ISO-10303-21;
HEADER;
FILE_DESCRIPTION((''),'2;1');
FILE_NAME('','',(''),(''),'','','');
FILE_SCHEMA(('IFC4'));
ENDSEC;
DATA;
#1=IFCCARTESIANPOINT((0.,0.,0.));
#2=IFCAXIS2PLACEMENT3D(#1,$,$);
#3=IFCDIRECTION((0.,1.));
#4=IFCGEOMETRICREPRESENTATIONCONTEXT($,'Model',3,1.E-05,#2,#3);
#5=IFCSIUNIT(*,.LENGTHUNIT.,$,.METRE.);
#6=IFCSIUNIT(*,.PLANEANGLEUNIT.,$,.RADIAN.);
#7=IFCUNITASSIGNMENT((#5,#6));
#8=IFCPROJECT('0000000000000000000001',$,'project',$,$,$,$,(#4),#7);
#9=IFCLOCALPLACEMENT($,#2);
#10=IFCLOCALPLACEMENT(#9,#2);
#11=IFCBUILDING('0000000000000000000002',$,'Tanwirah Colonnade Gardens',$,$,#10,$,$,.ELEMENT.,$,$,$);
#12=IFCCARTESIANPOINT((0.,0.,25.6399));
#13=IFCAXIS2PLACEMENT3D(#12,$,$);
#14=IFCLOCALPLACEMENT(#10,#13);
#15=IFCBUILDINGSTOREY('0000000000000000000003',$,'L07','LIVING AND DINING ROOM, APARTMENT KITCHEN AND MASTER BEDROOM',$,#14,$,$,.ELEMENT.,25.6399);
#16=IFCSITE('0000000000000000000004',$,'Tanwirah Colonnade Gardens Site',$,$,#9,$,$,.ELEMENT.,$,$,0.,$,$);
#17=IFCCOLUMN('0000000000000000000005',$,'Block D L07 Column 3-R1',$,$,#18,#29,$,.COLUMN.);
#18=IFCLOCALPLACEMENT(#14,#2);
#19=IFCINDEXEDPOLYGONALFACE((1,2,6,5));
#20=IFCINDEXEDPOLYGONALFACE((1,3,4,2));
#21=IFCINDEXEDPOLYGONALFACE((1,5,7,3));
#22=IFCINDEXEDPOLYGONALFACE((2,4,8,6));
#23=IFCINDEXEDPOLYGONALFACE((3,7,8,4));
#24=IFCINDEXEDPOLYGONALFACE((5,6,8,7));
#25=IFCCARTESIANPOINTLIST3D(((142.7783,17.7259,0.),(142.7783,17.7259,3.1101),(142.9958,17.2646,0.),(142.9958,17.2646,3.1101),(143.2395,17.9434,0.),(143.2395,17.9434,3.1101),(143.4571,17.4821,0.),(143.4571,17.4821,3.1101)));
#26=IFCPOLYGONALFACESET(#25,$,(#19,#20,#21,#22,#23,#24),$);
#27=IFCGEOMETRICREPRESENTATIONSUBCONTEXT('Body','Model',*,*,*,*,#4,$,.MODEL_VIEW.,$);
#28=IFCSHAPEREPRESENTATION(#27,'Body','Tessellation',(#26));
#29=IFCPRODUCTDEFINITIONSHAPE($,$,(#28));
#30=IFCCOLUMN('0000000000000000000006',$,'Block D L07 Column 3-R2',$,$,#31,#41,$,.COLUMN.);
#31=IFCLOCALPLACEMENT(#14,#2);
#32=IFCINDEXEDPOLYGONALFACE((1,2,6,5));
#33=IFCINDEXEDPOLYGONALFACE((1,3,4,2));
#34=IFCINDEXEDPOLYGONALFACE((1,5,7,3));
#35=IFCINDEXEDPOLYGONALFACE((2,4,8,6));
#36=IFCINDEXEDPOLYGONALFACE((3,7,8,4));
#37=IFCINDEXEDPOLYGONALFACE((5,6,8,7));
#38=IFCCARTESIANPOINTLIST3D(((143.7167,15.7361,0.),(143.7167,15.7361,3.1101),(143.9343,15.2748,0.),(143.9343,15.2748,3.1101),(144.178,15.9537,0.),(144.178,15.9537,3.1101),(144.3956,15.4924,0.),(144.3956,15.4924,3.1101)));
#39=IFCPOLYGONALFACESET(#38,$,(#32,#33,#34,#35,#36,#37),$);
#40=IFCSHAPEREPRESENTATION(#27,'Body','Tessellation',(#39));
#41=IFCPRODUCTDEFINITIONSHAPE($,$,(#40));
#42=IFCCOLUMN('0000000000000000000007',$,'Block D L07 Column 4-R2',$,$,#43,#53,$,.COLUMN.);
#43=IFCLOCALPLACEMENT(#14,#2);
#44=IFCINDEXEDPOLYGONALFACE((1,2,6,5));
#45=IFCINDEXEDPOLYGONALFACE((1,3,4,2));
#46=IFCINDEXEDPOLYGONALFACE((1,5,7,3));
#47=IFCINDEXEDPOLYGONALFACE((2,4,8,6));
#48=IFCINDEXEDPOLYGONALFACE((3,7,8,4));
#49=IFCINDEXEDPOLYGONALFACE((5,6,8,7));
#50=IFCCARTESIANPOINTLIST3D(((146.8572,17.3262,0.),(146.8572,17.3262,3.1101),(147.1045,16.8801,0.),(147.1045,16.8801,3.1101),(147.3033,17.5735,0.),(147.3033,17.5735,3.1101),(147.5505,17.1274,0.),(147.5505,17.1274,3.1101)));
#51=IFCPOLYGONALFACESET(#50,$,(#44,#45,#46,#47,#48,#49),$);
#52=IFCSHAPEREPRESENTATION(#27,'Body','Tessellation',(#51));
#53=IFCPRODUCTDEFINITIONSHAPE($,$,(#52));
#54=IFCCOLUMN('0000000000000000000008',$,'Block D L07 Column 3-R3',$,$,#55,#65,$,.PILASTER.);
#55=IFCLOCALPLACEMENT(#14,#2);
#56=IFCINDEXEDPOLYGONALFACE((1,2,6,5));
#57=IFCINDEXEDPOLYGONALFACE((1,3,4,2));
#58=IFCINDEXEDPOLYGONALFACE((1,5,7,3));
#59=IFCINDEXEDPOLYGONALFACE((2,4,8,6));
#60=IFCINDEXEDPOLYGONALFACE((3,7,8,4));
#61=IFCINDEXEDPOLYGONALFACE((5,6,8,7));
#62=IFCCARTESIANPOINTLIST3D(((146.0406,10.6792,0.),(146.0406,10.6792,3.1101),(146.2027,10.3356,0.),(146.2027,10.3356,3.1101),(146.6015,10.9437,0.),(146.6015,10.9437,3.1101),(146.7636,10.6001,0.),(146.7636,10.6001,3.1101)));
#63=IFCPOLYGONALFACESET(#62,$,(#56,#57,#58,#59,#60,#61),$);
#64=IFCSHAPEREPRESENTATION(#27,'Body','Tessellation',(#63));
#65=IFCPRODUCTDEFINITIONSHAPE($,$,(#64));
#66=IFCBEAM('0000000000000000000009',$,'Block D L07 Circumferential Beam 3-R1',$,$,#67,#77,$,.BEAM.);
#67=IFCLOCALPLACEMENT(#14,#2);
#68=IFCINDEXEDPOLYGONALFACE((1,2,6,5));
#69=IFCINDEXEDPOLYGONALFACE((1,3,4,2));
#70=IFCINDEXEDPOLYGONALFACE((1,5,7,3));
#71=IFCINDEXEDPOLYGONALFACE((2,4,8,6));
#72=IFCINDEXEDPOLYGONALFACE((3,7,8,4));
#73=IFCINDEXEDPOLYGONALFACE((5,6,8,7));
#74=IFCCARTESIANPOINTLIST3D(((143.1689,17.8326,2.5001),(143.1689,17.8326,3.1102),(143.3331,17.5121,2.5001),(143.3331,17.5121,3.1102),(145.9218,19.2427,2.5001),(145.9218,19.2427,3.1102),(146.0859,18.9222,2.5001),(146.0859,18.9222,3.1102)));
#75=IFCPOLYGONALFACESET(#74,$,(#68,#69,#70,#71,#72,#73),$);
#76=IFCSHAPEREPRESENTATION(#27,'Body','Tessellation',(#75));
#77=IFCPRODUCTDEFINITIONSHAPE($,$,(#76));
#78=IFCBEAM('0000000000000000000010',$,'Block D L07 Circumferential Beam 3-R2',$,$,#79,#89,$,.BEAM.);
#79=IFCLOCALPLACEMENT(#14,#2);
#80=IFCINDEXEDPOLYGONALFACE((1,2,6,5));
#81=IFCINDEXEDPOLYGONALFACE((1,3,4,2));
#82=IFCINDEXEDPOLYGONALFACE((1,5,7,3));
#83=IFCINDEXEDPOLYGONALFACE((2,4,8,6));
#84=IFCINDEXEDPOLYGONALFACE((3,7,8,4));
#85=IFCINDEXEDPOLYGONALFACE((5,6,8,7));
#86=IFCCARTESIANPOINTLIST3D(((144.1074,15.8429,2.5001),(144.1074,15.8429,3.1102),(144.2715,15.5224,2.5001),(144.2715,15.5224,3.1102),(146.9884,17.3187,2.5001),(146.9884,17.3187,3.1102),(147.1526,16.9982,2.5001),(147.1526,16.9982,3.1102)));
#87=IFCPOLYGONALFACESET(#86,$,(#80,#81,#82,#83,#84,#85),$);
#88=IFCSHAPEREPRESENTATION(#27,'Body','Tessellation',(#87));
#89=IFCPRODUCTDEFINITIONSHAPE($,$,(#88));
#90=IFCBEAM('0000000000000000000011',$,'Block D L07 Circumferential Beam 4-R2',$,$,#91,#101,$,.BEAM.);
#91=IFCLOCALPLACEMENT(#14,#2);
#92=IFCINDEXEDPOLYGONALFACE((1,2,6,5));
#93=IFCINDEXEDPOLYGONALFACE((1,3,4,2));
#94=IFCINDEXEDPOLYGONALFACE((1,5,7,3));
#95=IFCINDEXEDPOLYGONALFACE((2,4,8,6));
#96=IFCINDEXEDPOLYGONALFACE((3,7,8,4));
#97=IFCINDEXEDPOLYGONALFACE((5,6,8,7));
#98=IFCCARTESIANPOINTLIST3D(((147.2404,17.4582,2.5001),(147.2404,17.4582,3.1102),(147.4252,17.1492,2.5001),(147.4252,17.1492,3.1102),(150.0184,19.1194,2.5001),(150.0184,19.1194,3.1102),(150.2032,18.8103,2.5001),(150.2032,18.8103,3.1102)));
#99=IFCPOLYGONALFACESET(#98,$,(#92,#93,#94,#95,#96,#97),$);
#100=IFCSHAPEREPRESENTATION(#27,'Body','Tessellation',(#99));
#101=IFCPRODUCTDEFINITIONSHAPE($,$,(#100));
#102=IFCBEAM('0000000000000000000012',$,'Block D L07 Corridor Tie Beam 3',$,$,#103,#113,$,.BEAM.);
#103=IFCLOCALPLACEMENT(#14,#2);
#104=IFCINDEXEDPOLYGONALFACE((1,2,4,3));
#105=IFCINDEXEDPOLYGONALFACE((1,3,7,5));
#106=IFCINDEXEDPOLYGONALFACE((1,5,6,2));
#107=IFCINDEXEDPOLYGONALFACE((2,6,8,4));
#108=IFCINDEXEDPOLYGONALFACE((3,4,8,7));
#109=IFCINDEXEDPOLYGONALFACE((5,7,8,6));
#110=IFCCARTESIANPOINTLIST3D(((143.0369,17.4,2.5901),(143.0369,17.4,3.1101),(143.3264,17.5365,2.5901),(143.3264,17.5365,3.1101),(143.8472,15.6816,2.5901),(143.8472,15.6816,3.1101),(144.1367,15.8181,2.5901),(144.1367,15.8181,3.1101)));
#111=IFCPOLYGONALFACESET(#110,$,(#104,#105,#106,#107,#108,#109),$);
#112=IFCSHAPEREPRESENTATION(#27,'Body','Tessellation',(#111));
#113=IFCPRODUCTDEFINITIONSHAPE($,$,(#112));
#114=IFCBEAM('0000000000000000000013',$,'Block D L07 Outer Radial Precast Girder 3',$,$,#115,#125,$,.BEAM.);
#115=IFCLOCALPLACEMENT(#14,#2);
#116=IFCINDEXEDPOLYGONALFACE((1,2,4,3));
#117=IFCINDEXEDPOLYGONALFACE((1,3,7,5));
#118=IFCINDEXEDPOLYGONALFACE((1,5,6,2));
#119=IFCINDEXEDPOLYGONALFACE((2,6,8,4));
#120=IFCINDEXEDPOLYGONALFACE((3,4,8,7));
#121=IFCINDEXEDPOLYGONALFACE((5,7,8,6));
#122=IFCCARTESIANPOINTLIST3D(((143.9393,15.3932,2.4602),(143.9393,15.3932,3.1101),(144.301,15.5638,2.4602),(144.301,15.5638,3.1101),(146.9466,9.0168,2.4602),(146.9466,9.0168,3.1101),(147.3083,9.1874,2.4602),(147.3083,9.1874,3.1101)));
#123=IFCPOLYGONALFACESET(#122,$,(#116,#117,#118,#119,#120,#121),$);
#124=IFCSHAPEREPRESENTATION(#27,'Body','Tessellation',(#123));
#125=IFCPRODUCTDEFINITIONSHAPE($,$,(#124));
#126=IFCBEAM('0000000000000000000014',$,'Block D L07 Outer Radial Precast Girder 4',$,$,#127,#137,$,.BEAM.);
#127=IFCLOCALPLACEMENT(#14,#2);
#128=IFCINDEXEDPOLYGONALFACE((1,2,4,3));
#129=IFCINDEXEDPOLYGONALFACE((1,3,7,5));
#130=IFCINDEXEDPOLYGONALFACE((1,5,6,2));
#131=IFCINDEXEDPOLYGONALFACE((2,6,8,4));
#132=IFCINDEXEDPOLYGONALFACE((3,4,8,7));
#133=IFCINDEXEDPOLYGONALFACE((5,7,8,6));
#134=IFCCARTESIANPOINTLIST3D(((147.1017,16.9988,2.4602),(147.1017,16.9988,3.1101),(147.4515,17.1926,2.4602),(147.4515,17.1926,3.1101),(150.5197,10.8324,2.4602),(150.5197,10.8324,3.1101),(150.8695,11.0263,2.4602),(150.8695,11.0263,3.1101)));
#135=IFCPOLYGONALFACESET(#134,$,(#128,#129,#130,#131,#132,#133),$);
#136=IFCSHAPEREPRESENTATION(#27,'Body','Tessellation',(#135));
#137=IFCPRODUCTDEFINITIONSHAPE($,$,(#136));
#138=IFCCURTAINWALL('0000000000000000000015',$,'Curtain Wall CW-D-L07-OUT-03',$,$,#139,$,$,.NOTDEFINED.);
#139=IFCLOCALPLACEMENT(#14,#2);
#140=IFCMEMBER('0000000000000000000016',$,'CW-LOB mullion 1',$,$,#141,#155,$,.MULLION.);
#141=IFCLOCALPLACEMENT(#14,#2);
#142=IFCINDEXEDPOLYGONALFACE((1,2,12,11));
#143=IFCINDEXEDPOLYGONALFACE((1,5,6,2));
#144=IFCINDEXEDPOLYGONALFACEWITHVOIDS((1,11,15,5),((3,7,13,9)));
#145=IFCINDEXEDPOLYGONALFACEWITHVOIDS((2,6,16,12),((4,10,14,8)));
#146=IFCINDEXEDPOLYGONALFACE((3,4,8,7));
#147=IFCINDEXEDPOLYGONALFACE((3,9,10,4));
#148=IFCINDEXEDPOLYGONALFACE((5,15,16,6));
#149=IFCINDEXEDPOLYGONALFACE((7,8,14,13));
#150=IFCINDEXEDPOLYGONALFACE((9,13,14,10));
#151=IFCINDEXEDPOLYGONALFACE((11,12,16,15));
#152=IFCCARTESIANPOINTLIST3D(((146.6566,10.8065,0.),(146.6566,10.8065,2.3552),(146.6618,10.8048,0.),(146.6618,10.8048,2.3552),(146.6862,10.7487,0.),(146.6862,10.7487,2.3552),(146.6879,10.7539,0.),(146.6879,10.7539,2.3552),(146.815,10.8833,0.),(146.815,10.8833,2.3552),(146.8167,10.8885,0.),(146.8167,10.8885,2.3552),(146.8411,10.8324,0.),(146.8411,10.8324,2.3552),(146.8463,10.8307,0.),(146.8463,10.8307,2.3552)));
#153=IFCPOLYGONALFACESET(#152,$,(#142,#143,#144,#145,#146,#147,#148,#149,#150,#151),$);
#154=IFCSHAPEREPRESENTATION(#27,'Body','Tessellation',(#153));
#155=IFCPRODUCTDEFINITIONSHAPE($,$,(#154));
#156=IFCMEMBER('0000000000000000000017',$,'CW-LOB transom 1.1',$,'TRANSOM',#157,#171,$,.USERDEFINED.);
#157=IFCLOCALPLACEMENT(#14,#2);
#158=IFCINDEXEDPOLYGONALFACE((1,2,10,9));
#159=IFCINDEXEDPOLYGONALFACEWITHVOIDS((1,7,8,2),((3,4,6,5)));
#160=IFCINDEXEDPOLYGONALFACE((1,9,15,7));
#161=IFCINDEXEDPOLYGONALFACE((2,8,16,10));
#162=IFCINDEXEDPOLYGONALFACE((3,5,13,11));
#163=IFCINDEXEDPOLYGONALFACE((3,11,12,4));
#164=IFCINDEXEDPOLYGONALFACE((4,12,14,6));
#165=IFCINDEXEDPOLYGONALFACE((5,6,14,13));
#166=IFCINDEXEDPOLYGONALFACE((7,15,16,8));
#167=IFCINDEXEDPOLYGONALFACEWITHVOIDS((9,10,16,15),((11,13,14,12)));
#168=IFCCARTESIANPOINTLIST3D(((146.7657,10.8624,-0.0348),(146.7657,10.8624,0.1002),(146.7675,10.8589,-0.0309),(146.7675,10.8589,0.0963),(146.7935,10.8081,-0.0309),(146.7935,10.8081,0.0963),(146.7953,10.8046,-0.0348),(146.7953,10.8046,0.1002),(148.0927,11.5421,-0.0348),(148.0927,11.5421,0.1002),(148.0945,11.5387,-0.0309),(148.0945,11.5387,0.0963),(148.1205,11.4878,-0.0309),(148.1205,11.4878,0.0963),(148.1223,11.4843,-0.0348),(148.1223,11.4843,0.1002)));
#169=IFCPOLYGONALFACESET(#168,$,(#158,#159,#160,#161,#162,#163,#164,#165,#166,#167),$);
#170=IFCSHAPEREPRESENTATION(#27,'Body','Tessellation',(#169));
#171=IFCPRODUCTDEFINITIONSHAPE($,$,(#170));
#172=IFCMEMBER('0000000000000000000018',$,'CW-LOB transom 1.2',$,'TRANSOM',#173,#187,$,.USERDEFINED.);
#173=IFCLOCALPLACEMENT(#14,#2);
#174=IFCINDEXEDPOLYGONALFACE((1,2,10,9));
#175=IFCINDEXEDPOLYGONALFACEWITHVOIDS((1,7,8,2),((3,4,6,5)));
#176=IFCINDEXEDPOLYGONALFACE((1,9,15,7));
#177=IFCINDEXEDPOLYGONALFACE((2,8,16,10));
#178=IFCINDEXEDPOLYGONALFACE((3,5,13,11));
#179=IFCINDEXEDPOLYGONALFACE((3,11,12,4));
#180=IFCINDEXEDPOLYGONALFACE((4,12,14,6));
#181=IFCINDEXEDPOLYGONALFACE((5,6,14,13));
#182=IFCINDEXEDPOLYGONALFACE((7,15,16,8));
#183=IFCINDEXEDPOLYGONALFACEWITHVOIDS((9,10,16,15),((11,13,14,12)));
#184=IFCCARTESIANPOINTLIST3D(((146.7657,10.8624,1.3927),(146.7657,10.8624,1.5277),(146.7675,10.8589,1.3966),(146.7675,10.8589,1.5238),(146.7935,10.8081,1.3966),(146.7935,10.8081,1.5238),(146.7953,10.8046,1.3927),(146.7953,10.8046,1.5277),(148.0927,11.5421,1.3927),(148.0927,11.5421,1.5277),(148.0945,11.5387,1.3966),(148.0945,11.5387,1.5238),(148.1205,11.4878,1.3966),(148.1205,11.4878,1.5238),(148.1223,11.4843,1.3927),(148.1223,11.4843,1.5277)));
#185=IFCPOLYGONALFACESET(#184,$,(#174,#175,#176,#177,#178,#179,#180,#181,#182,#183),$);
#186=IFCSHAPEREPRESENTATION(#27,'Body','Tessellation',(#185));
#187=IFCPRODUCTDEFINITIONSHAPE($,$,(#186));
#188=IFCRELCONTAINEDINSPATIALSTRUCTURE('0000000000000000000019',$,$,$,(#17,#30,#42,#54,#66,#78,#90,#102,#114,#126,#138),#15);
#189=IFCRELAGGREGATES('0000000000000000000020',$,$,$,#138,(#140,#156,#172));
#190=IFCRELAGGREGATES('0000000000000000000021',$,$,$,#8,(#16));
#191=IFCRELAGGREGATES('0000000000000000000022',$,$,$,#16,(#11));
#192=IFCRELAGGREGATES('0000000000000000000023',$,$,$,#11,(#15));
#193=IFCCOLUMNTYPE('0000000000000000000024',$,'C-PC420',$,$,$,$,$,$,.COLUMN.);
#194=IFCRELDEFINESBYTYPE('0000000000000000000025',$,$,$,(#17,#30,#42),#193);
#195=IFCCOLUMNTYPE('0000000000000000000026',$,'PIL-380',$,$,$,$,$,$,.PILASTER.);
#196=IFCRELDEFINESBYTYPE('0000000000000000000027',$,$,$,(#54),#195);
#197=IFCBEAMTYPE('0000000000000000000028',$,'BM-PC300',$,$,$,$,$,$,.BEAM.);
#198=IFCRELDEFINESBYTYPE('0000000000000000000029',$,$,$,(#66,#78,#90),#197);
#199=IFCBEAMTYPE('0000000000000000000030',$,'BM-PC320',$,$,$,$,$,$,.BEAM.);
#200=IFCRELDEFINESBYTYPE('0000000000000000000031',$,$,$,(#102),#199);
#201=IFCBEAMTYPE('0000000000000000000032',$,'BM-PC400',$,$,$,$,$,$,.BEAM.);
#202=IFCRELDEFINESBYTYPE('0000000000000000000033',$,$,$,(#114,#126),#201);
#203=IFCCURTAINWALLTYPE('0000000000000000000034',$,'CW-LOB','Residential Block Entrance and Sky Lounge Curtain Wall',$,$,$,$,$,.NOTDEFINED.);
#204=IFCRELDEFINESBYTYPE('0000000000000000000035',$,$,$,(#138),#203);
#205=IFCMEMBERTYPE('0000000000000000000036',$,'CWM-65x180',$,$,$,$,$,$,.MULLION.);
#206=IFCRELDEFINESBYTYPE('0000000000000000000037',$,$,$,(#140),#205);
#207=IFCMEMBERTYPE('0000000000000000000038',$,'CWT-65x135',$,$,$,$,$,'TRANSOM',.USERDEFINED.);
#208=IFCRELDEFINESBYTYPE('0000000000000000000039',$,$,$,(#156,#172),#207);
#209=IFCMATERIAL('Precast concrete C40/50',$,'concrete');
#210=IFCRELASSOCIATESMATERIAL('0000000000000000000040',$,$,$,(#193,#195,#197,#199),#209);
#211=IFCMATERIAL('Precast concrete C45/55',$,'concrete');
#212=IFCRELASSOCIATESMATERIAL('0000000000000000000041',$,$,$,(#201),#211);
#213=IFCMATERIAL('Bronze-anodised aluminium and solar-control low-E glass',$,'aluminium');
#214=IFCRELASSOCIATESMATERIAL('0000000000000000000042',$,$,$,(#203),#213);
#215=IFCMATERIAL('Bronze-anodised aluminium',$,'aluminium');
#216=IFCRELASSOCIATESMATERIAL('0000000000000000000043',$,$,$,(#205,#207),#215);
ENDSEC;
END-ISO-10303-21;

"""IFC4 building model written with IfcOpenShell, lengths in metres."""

from ifc_helpers import new_model, si_unit, direction, frame, origin, origin_2d, place, context, subcontext, project, spatial, rectangle, hollow_rectangle, extrude, material, material_profile, profile_set, type_object, element, aggregate, save


model = new_model("IFC4")

# Units and contexts
model_context = context("Model", 3, precision=1e-05, world=origin(), true_north=direction((0.0, 1.0)))
body_context = subcontext(model_context, "Body", "Model", "MODEL_VIEW")
ifc_project = project(units=[si_unit("LENGTHUNIT", "METRE"), si_unit("PLANEANGLEUNIT", "RADIAN")], contexts=[model_context])

# Site, building, storey
site_placement = place(None, origin())
site = spatial("IfcSite", under=ifc_project, at=site_placement, Name="Tanwirah Colonnade Gardens Site", CompositionType="ELEMENT", RefElevation=0.0)
building_placement = place(site_placement, origin())
building = spatial("IfcBuilding", under=site, at=building_placement, Name="Tanwirah Colonnade Gardens", CompositionType="ELEMENT")
storey_placement = place(building_placement, frame((0.0, 0.0, 25.6399)))
storey = spatial("IfcBuildingStorey", under=building, at=storey_placement, Name="L07", Description="LIVING AND DINING ROOM, APARTMENT KITCHEN AND MASTER BEDROOM", CompositionType="ELEMENT", Elevation=25.6399)

# Columns
ifc_material_1 = material(Name="Precast concrete C40/50", Category="concrete")
ifc_material_profile_1 = material_profile(ifc_material_1, rectangle(XDim=0.51, YDim=0.51, at=origin_2d()), Name="PC-COL 510x510")
ifc_profile_set_1 = profile_set([ifc_material_profile_1], Name="Precast concrete C40/50")
column_type_1 = type_object("IfcColumnType", Name="C-PC420", PredefinedType="COLUMN", material=ifc_profile_set_1)
for number, where, z_axis, x_axis, name in (
    (1, (143.1177, 17.604, 0.0), (0.0, 0.0, 1.0), (0.426569, -0.904455, 0.0), "Block D L07 Column 3-R1"),
    (2, (144.0562, 15.6143, 0.0), (0.0, 0.0, 1.0), (0.426569, -0.904455, 0.0), "Block D L07 Column 3-R2"),
    (3, (147.2039, 17.2268, 0.0), (0.0, 0.0, 1.0), (0.48481, -0.87462, 0.0), "Block D L07 Column 4-R2"),
):
    element("IfcColumn", number, at=place(storey_placement, frame(where, z_axis=z_axis, x_axis=x_axis)), inside=storey, type_object=column_type_1, Name=name, PredefinedType="COLUMN", context=body_context, shape_type="SweptSolid", body=[
        extrude(rectangle(XDim=0.51, YDim=0.51, at=origin_2d()), origin(), (0.0, 0.0, 1.0), 3.1101),
    ])
ifc_material_profile_2 = material_profile(ifc_material_1, rectangle(XDim=0.3799, YDim=0.6201, at=origin_2d()), Name="PC-PIL 380x620")
ifc_profile_set_2 = profile_set([ifc_material_profile_2], Name="Precast concrete C40/50")
column_type_2 = type_object("IfcColumnType", Name="PIL-380", PredefinedType="PILASTER", material=ifc_profile_set_2)
column_placement = place(storey_placement, frame((146.4021, 10.6396, 0.0), z_axis=(0.0, 0.0, 1.0), x_axis=(0.426569, -0.904455, 0.0)))
element("IfcColumn", 4, at=column_placement, inside=storey, type_object=column_type_2, Name="Block D L07 Column 3-R3", PredefinedType="PILASTER", context=body_context, shape_type="SweptSolid", body=[
    extrude(rectangle(XDim=0.3799, YDim=0.6201, at=origin_2d()), origin(), (0.0, 0.0, 1.0), 3.1101),
])

# Beams
ifc_material_profile_3 = material_profile(ifc_material_1, rectangle(XDim=0.3601, YDim=0.6101, at=origin_2d()), Name="PC-BM 360x610")
ifc_profile_set_3 = profile_set([ifc_material_profile_3], Name="Precast concrete C40/50")
beam_type_1 = type_object("IfcBeamType", Name="BM-PC300", PredefinedType="BEAM", material=ifc_profile_set_3)
beam_1_placement = place(storey_placement, frame((143.251, 17.6724, 2.8052), z_axis=(0.890028, 0.455906, 0.0), x_axis=(-0.455906, 0.890028, 0.0)))
element("IfcBeam", 5, at=beam_1_placement, inside=storey, type_object=beam_type_1, Name="Block D L07 Circumferential Beam 3-R1", PredefinedType="BEAM", context=body_context, shape_type="SweptSolid", body=[
    extrude(rectangle(XDim=0.3601, YDim=0.6101, at=origin_2d()), origin(), (0.0, 0.0, 1.0), 3.093),
])
beam_2_placement = place(storey_placement, frame((144.1895, 15.6826, 2.8052), z_axis=(0.890025, 0.455911, 0.0), x_axis=(-0.455911, 0.890025, 0.0)))
element("IfcBeam", 6, at=beam_2_placement, inside=storey, type_object=beam_type_1, Name="Block D L07 Circumferential Beam 3-R2", PredefinedType="BEAM", context=body_context, shape_type="SweptSolid", body=[
    extrude(rectangle(XDim=0.3601, YDim=0.6101, at=origin_2d()), origin(), (0.0, 0.0, 1.0), 3.2371),
])
beam_3_placement = place(storey_placement, frame((147.3328, 17.3037, 2.8052), z_axis=(0.858271, 0.513197, 0.0), x_axis=(-0.513197, 0.858271, 0.0)))
element("IfcBeam", 7, at=beam_3_placement, inside=storey, type_object=beam_type_1, Name="Block D L07 Circumferential Beam 4-R2", PredefinedType="BEAM", context=body_context, shape_type="SweptSolid", body=[
    extrude(rectangle(XDim=0.3601, YDim=0.6101, at=origin_2d()), origin(), (0.0, 0.0, 1.0), 3.2368),
])
ifc_material_profile_4 = material_profile(ifc_material_1, rectangle(XDim=0.3201, YDim=0.52, at=origin_2d()), Name="PC-BM 320x520")
ifc_profile_set_4 = profile_set([ifc_material_profile_4], Name="Precast concrete C40/50")
beam_type_2 = type_object("IfcBeamType", Name="BM-PC320", PredefinedType="BEAM", material=ifc_profile_set_4)
beam_4_placement = place(storey_placement, frame((143.1816, 17.4683, 2.8501), z_axis=(0.426484, -0.904495, 0.0), x_axis=(0.904495, 0.426484, 0.0)))
element("IfcBeam", 8, at=beam_4_placement, inside=storey, type_object=beam_type_2, Name="Block D L07 Corridor Tie Beam 3", PredefinedType="BEAM", context=body_context, shape_type="SweptSolid", body=[
    extrude(rectangle(XDim=0.3201, YDim=0.52, at=origin_2d()), origin(), (0.0, 0.0, 1.0), 1.8999),
])
ifc_material_2 = material(Name="Precast concrete C45/55", Category="concrete")
ifc_material_profile_5 = material_profile(ifc_material_2, rectangle(XDim=0.3999, YDim=0.6499, at=origin_2d()), Name="PC-BM 400x650")
ifc_profile_set_5 = profile_set([ifc_material_profile_5], Name="Precast concrete C45/55")
beam_type_3 = type_object("IfcBeamType", Name="BM-PC400", PredefinedType="BEAM", material=ifc_profile_set_5)
beam_5_placement = place(storey_placement, frame((144.1201, 15.4785, 2.7852), z_axis=(0.426567, -0.904456, 0.0), x_axis=(0.904456, 0.426567, 0.0)))
element("IfcBeam", 9, at=beam_5_placement, inside=storey, type_object=beam_type_3, Name="Block D L07 Outer Radial Precast Girder 3", PredefinedType="BEAM", context=body_context, shape_type="SweptSolid", body=[
    extrude(rectangle(XDim=0.3999, YDim=0.6499, at=origin_2d()), origin(), (0.0, 0.0, 1.0), 7.05),
])
beam_6_placement = place(storey_placement, frame((147.2766, 17.0957, 2.7852), z_axis=(0.484805, -0.874622, 0.0), x_axis=(0.874622, 0.484805, 0.0)))
element("IfcBeam", 10, at=beam_6_placement, inside=storey, type_object=beam_type_3, Name="Block D L07 Outer Radial Precast Girder 4", PredefinedType="BEAM", context=body_context, shape_type="SweptSolid", body=[
    extrude(rectangle(XDim=0.3999, YDim=0.6499, at=origin_2d()), origin(), (0.0, 0.0, 1.0), 7.0503),
])

# Curtain wall, members
ifc_material_3 = material(Name="Bronze-anodised aluminium and solar-control low-E glass", Category="aluminium")
curtain_wall_type = type_object("IfcCurtainWallType", Name="CW-LOB", Description="Residential Block Entrance and Sky Lounge Curtain Wall", PredefinedType="NOTDEFINED", material=ifc_material_3)
curtain_wall_placement = place(storey_placement, origin())
curtain_wall = element("IfcCurtainWall", 11, at=curtain_wall_placement, inside=storey, type_object=curtain_wall_type, Name="Curtain Wall CW-D-L07-OUT-03", PredefinedType="NOTDEFINED")
ifc_material_4 = material(Name="Bronze-anodised aluminium", Category="aluminium")
ifc_material_profile_6 = material_profile(ifc_material_4, hollow_rectangle(XDim=0.0649, YDim=0.1799, WallThickness=0.0039, at=origin_2d()), Name="CW-MUL 65x180x4")
ifc_profile_set_6 = profile_set([ifc_material_profile_6], Name="Bronze-anodised aluminium")
member_type_1 = type_object("IfcMemberType", Name="CWM-65x180", PredefinedType="MULLION", material=ifc_profile_set_6)
member_1_placement = place(storey_placement, frame((146.7515, 10.8186, 0.0), z_axis=(0.0, 0.0, 1.0), x_axis=(-0.455933, 0.890014, 0.0)))
member_1 = element("IfcMember", 12, at=member_1_placement, type_object=member_type_1, Name="CW-LOB mullion 1", PredefinedType="MULLION", context=body_context, shape_type="SweptSolid", body=[
    extrude(hollow_rectangle(XDim=0.0649, YDim=0.1799, WallThickness=0.0039, at=origin_2d()), origin(), (0.0, 0.0, 1.0), 2.3552),
])
ifc_material_profile_7 = material_profile(ifc_material_4, hollow_rectangle(XDim=0.0649, YDim=0.135, WallThickness=0.0039, at=origin_2d()), Name="CW-TRN 65x135x4")
ifc_profile_set_7 = profile_set([ifc_material_profile_7], Name="Bronze-anodised aluminium")
member_type_2 = type_object("IfcMemberType", Name="CWT-65x135", ElementType="TRANSOM", PredefinedType="USERDEFINED", material=ifc_profile_set_7)
member_2_placement = place(storey_placement, frame((146.7805, 10.8335, 0.0327), z_axis=(0.890029, 0.455904, 0.0), x_axis=(-0.455904, 0.890029, 0.0)))
member_2 = element("IfcMember", 13, at=member_2_placement, type_object=member_type_2, Name="CW-LOB transom 1.1", ObjectType="TRANSOM", PredefinedType="USERDEFINED", context=body_context, shape_type="SweptSolid", body=[
    extrude(hollow_rectangle(XDim=0.0649, YDim=0.135, WallThickness=0.0039, at=origin_2d()), origin(), (0.0, 0.0, 1.0), 1.491),
])
member_3_placement = place(storey_placement, frame((146.7805, 10.8335, 1.4602), z_axis=(0.890029, 0.455904, 0.0), x_axis=(-0.455904, 0.890029, 0.0)))
member_3 = element("IfcMember", 14, at=member_3_placement, type_object=member_type_2, Name="CW-LOB transom 1.2", ObjectType="TRANSOM", PredefinedType="USERDEFINED", context=body_context, shape_type="SweptSolid", body=[
    extrude(hollow_rectangle(XDim=0.0649, YDim=0.135, WallThickness=0.0039, at=origin_2d()), origin(), (0.0, 0.0, 1.0), 1.491),
])

aggregate(curtain_wall, [member_1, member_2, member_3])

save(model, "model.ifc")
